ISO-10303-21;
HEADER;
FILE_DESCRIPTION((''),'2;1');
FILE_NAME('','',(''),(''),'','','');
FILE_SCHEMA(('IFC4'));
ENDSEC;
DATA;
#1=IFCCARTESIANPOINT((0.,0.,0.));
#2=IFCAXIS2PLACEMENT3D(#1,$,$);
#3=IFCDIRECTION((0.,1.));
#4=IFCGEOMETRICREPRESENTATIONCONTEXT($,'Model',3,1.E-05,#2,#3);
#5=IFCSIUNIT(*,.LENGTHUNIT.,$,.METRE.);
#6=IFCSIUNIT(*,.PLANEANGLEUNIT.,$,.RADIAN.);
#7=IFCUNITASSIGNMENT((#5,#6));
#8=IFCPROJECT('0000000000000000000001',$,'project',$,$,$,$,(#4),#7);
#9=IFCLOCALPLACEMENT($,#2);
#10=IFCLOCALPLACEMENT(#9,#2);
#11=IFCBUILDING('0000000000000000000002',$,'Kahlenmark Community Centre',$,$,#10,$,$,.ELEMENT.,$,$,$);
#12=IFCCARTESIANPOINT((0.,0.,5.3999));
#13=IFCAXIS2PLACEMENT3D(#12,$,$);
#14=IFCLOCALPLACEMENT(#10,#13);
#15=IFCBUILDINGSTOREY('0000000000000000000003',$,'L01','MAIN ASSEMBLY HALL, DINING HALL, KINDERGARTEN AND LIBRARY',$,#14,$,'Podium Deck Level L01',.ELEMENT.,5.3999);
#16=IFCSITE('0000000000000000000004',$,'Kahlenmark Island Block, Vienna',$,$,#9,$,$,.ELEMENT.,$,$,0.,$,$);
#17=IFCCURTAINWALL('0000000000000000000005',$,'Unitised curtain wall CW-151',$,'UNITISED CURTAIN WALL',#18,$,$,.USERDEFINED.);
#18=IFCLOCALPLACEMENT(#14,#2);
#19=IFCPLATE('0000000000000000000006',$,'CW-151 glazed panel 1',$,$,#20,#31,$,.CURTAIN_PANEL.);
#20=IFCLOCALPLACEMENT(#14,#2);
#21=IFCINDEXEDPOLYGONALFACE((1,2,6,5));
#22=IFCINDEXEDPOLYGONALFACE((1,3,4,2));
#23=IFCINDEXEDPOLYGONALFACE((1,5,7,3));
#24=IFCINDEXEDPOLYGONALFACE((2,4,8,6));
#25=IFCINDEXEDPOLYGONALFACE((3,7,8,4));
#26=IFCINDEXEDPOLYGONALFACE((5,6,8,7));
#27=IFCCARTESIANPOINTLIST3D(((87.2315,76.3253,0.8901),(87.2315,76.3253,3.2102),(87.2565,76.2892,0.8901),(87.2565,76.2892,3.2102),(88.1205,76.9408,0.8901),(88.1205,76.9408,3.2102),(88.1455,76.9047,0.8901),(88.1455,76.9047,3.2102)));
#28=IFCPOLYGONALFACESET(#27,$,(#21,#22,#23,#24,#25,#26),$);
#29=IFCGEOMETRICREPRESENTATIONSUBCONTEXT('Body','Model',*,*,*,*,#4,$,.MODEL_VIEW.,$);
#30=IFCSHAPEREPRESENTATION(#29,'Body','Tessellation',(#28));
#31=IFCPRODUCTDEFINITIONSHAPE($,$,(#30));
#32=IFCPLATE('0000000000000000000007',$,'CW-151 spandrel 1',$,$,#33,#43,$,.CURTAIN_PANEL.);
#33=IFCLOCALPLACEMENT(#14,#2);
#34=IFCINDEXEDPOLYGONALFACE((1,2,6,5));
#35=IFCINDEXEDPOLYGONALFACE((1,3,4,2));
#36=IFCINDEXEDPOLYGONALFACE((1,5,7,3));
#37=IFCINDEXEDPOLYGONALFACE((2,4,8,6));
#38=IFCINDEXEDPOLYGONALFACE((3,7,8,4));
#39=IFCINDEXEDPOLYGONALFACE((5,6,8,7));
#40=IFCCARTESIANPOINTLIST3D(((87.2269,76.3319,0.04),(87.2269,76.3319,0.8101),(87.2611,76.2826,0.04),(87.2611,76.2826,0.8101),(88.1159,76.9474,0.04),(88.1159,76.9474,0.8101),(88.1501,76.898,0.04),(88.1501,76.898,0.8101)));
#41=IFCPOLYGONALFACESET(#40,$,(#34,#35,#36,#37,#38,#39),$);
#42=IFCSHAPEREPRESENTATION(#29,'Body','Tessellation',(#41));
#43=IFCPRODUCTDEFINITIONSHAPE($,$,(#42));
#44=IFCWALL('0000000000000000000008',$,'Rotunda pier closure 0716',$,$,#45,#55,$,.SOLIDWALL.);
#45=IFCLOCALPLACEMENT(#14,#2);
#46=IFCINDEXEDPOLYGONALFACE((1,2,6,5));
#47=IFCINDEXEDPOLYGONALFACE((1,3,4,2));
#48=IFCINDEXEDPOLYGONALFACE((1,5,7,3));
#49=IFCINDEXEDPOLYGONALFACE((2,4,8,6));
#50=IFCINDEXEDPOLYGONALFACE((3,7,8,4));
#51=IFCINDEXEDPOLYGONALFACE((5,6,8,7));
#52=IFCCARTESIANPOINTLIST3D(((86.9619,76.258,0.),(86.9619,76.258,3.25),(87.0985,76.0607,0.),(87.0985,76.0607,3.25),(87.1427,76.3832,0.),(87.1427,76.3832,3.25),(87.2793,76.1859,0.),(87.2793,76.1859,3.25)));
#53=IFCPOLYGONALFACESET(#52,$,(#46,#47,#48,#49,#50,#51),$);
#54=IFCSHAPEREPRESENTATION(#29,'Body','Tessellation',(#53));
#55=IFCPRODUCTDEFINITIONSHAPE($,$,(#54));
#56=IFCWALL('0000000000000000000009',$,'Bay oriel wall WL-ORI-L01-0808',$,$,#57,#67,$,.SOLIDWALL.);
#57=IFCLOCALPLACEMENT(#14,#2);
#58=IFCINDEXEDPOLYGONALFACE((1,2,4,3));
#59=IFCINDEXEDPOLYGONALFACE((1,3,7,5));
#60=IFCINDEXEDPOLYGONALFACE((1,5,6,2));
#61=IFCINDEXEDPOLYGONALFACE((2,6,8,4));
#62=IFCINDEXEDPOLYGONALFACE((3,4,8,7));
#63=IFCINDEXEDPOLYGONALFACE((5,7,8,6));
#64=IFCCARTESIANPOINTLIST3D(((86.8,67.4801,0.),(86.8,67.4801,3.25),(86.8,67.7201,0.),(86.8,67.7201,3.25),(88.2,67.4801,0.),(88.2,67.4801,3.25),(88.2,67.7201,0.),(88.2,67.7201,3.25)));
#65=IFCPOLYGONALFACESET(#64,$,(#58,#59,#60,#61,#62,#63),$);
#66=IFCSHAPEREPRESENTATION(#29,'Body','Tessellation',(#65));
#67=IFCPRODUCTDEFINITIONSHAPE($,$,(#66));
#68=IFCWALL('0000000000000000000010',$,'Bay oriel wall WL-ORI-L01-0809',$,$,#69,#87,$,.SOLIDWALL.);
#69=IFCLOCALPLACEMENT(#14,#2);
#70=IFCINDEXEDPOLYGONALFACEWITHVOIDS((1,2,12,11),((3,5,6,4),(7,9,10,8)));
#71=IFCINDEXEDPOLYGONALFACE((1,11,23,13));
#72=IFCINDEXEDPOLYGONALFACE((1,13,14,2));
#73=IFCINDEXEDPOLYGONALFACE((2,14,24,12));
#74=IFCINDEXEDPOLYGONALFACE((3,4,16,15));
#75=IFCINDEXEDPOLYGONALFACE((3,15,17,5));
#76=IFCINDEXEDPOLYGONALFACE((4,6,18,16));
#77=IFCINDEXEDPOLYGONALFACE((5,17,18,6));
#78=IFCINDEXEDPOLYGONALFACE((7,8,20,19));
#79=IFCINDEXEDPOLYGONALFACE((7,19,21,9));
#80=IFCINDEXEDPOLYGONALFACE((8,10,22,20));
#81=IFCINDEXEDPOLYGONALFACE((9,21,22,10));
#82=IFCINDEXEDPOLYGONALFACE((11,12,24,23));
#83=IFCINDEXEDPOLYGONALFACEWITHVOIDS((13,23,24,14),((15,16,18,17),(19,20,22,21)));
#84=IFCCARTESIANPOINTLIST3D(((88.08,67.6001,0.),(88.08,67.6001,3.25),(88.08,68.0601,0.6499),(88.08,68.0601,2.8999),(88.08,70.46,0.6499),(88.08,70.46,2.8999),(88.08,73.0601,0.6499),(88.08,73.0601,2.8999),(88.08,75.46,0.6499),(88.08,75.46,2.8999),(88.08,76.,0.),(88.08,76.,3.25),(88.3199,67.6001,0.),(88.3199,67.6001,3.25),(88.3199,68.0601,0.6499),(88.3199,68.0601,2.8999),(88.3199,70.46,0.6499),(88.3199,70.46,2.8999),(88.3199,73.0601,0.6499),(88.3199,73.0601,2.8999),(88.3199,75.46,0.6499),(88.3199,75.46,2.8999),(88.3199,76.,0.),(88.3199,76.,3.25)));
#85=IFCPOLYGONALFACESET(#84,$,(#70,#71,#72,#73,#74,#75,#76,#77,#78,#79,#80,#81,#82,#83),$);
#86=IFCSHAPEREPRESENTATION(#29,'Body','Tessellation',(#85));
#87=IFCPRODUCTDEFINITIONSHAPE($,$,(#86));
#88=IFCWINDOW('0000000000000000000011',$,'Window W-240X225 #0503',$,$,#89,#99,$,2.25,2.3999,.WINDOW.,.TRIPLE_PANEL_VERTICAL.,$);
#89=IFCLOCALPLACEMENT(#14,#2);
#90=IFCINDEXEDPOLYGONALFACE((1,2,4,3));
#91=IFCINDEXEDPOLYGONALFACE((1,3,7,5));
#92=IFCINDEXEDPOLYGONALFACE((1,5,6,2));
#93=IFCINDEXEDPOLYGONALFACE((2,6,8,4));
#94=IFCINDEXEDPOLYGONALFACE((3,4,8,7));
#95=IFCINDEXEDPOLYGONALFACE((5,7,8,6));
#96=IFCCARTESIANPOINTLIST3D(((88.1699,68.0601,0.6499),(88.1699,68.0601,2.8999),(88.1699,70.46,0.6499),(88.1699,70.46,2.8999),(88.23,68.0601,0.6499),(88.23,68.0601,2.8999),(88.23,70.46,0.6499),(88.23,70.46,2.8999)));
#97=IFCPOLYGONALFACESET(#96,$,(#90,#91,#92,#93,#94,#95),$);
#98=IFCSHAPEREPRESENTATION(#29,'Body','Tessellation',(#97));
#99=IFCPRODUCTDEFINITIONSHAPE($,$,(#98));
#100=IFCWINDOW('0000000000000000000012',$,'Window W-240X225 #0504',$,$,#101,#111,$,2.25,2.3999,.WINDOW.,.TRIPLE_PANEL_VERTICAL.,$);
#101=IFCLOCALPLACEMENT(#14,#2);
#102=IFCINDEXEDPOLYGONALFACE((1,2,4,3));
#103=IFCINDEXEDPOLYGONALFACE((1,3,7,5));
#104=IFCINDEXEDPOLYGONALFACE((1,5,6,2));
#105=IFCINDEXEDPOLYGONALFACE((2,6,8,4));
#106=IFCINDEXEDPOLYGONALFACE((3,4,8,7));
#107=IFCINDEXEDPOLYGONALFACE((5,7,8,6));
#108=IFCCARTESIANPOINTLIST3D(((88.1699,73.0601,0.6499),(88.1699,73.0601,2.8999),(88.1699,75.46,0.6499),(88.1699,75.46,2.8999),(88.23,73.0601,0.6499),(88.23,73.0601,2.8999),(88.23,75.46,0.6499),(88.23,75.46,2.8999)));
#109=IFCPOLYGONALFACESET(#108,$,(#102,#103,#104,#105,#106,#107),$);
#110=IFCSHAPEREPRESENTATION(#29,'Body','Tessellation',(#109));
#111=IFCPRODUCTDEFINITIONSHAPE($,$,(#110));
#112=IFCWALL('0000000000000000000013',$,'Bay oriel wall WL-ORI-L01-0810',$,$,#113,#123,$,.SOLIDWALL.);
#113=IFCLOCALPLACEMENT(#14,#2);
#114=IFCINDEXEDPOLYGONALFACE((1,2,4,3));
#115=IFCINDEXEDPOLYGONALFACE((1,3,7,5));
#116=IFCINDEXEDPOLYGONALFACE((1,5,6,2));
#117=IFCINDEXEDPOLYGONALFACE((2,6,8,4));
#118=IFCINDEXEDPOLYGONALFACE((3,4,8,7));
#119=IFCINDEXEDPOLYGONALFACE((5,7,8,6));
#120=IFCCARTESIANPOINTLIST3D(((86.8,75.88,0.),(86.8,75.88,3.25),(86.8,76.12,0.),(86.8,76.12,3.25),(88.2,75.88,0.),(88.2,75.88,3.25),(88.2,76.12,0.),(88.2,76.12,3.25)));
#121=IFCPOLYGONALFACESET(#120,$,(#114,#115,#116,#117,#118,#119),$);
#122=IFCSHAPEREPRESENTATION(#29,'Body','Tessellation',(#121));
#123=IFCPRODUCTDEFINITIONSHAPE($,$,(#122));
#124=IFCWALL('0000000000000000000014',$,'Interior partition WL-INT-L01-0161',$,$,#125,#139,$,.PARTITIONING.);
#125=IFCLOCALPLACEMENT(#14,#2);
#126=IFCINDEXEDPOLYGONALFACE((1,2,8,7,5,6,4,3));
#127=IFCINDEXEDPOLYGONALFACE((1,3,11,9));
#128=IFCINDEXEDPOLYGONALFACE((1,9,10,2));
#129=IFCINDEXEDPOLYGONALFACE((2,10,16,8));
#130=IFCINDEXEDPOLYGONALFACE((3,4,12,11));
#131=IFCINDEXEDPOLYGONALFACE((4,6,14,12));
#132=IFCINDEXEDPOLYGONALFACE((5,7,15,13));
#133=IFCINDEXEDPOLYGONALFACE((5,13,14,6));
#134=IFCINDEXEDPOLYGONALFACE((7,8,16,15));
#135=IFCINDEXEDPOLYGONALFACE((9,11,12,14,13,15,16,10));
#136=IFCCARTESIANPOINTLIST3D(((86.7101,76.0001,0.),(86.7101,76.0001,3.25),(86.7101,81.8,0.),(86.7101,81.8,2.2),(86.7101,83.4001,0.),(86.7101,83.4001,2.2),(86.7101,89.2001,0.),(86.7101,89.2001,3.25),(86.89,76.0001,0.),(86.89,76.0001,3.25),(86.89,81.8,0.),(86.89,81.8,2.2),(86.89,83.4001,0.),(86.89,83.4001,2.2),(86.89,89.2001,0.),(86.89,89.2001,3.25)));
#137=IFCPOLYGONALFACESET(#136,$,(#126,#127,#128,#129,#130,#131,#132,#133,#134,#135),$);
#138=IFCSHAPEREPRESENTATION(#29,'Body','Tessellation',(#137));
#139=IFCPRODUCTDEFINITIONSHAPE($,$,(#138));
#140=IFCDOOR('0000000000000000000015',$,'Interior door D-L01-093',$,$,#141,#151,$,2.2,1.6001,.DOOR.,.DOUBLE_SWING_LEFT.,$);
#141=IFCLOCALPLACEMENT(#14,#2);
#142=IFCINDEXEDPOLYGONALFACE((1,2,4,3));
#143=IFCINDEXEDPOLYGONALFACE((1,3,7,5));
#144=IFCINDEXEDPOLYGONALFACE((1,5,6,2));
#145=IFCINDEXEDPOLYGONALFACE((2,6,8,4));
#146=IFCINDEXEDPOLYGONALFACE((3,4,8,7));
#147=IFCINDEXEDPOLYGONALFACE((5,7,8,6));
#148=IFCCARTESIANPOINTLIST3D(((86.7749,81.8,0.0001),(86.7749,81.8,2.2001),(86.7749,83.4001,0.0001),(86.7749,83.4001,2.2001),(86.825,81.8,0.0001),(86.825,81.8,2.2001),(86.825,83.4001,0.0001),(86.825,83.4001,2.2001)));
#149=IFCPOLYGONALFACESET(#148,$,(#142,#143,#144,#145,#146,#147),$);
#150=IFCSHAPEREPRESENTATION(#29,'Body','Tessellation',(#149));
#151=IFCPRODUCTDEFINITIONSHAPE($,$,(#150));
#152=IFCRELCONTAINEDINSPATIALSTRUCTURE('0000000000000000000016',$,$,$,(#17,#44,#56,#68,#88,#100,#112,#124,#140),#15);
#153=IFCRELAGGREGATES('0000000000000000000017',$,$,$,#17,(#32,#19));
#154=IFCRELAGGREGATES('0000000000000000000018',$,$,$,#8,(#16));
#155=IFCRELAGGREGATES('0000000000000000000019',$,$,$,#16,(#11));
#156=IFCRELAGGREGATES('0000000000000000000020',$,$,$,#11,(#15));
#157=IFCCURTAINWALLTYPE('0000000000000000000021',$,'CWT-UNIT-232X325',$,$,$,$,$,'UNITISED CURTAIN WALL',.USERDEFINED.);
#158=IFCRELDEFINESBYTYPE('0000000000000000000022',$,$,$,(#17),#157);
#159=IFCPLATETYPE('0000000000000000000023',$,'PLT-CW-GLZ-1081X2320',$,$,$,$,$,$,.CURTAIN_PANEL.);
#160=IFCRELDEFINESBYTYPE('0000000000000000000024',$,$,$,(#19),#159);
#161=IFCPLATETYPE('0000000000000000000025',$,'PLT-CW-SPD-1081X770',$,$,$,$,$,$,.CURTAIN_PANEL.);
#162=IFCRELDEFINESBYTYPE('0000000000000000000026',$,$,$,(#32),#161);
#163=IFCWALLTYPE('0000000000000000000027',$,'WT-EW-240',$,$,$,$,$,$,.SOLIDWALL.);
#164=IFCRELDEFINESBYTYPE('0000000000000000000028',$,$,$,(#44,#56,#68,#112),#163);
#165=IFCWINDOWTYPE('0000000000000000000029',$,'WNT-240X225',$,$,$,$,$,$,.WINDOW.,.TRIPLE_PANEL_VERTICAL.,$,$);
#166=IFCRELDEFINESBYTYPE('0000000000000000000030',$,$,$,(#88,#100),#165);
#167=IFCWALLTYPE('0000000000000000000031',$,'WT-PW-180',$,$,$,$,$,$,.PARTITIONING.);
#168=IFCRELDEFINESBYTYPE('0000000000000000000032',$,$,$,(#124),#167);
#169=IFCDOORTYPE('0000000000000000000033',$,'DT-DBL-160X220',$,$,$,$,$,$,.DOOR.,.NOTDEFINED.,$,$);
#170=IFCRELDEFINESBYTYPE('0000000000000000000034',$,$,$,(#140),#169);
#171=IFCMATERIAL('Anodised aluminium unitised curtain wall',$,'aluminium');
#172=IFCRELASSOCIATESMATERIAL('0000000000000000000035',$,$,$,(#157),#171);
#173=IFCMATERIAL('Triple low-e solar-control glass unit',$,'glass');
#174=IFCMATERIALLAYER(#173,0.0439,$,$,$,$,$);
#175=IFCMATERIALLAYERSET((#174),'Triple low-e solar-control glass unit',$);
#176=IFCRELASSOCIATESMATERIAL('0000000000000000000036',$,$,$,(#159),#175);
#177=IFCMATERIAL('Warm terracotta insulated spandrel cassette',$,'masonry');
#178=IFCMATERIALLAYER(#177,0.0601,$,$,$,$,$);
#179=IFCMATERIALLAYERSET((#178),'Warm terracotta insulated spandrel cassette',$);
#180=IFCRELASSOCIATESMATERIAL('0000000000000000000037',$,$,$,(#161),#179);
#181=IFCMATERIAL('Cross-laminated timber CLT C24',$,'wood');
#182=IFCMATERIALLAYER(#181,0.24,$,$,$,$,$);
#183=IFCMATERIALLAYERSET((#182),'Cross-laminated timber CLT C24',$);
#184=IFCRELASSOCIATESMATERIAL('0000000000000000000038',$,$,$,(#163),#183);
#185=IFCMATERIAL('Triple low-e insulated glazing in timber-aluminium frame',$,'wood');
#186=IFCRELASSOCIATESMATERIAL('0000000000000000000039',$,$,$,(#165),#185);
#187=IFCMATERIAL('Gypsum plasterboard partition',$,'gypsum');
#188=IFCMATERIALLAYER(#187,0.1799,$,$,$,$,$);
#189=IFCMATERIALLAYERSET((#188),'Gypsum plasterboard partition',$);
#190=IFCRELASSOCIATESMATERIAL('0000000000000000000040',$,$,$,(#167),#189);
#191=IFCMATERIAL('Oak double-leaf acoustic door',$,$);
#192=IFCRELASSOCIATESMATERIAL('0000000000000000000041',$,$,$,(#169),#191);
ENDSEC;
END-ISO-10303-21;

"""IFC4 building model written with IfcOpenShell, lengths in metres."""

from ifc_helpers import new_model, si_unit, direction, frame, frame_2d, origin, origin_2d, place, context, subcontext, project, spatial, rectangle, extrude, material, layer, layer_set, type_object, element, fill, aggregate, save


model = new_model("IFC4")

# Units and contexts
model_context = context("Model", 3, precision=1e-05, world=origin(), true_north=direction((0.0, 1.0)))
body_context = subcontext(model_context, "Body", "Model", "MODEL_VIEW")
ifc_project = project(units=[si_unit("LENGTHUNIT", "METRE"), si_unit("PLANEANGLEUNIT", "RADIAN")], contexts=[model_context])

# Site, building, storey
site_placement = place(None, origin())
site = spatial("IfcSite", under=ifc_project, at=site_placement, Name="Kahlenmark Island Block, Vienna", CompositionType="ELEMENT", RefElevation=0.0)
building_placement = place(site_placement, origin())
building = spatial("IfcBuilding", under=site, at=building_placement, Name="Kahlenmark Community Centre", CompositionType="ELEMENT")
storey_placement = place(building_placement, frame((0.0, 0.0, 5.3999)))
storey = spatial("IfcBuildingStorey", under=building, at=storey_placement, Name="L01", Description="MAIN ASSEMBLY HALL, DINING HALL, KINDERGARTEN AND LIBRARY", LongName="Podium Deck Level L01", CompositionType="ELEMENT", Elevation=5.3999)

# Curtain wall, plates
ifc_material_1 = material(Name="Anodised aluminium unitised curtain wall", Category="aluminium")
curtain_wall_type = type_object("IfcCurtainWallType", Name="CWT-UNIT-232X325", ElementType="UNITISED CURTAIN WALL", PredefinedType="USERDEFINED", material=ifc_material_1)
curtain_wall_placement = place(storey_placement, origin())
curtain_wall = element("IfcCurtainWall", 1, at=curtain_wall_placement, inside=storey, type_object=curtain_wall_type, Name="Unitised curtain wall CW-151", ObjectType="UNITISED CURTAIN WALL", PredefinedType="USERDEFINED")
ifc_material_2 = material(Name="Triple low-e solar-control glass unit", Category="glass")
ifc_layer_1 = layer(ifc_material_2, 0.0439)
ifc_layer_set_1 = layer_set([ifc_layer_1], Name="Triple low-e solar-control glass unit")
plate_type_1 = type_object("IfcPlateType", Name="PLT-CW-GLZ-1081X2320", PredefinedType="CURTAIN_PANEL", material=ifc_layer_set_1)
plate_1_placement = place(storey_placement, frame((87.6885, 76.615, 0.8901), z_axis=(0.0, 0.0, 1.0), x_axis=(0.822191, 0.569212, 0.0)))
plate_1 = element("IfcPlate", 2, at=plate_1_placement, type_object=plate_type_1, Name="CW-151 glazed panel 1", PredefinedType="CURTAIN_PANEL", context=body_context, shape_type="SweptSolid", body=[
    extrude(rectangle(XDim=1.0813, YDim=0.0439, at=origin_2d()), origin(), (0.0, 0.0, 1.0), 2.3201),
])
ifc_material_3 = material(Name="Warm terracotta insulated spandrel cassette", Category="masonry")
ifc_layer_2 = layer(ifc_material_3, 0.0601)
ifc_layer_set_2 = layer_set([ifc_layer_2], Name="Warm terracotta insulated spandrel cassette")
plate_type_2 = type_object("IfcPlateType", Name="PLT-CW-SPD-1081X770", PredefinedType="CURTAIN_PANEL", material=ifc_layer_set_2)
plate_2_placement = place(storey_placement, frame((87.6885, 76.615, 0.04), z_axis=(0.0, 0.0, 1.0), x_axis=(0.822191, 0.569212, 0.0)))
plate_2 = element("IfcPlate", 3, at=plate_2_placement, type_object=plate_type_2, Name="CW-151 spandrel 1", PredefinedType="CURTAIN_PANEL", context=body_context, shape_type="SweptSolid", body=[
    extrude(rectangle(XDim=1.0813, YDim=0.0601, at=origin_2d()), origin(), (0.0, 0.0, 1.0), 0.77),
])
aggregate(curtain_wall, [plate_2, plate_1])

# Walls
ifc_material_4 = material(Name="Cross-laminated timber CLT C24", Category="wood")
ifc_layer_3 = layer(ifc_material_4, 0.24)
ifc_layer_set_3 = layer_set([ifc_layer_3], Name="Cross-laminated timber CLT C24")
wall_type_1 = type_object("IfcWallType", Name="WT-EW-240", PredefinedType="SOLIDWALL", material=ifc_layer_set_3)
wall_1_placement = place(storey_placement, frame((87.0303, 76.1594, 0.0), z_axis=(0.0, 0.0, 1.0), x_axis=(0.822192, 0.56921, 0.0)))
element("IfcWall", 4, at=wall_1_placement, inside=storey, type_object=wall_type_1, Name="Rotunda pier closure 0716", PredefinedType="SOLIDWALL", context=body_context, shape_type="SweptSolid", body=[
    extrude(rectangle(XDim=0.22, YDim=0.24, at=frame_2d((0.1099, 0.0))), origin(), (0.0, 0.0, 1.0), 3.25),
])
wall_2_placement = place(storey_placement, frame((86.8, 67.6001, 0.0), z_axis=(0.0, 0.0, 1.0), x_axis=(1.0, 0.0, 0.0)))
element("IfcWall", 5, at=wall_2_placement, inside=storey, type_object=wall_type_1, Name="Bay oriel wall WL-ORI-L01-0808", PredefinedType="SOLIDWALL", context=body_context, shape_type="SweptSolid", body=[
    extrude(rectangle(XDim=1.3999, YDim=0.24, at=frame_2d((0.7, 0.0))), origin(), (0.0, 0.0, 1.0), 3.25),
])

# Wall, openings, windows
wall_3_placement = place(storey_placement, frame((88.2, 67.6001, 0.0), z_axis=(0.0, 0.0, 1.0), x_axis=(0.0, 1.0, 0.0)))
wall_3 = element("IfcWall", 6, at=wall_3_placement, inside=storey, type_object=wall_type_1, Name="Bay oriel wall WL-ORI-L01-0809", PredefinedType="SOLIDWALL", context=body_context, shape_type="SweptSolid", body=[
    extrude(rectangle(XDim=8.3999, YDim=0.24, at=frame_2d((4.2, 0.0))), origin(), (0.0, 0.0, 1.0), 3.25),
])
opening_1_placement = place(wall_3_placement, frame((0.46, 0.0, 0.6499)))
opening_1 = element("IfcOpeningElement", 7, at=opening_1_placement, cuts=wall_3, PredefinedType="OPENING", context=body_context, shape_type="SweptSolid", body=[
    extrude(rectangle(XDim=2.3999, YDim=2.25, at=frame_2d((1.2, 1.125))), frame((0.0, 0.1299, 0.0), z_axis=(0.0, -1.0, 0.0), x_axis=(1.0, 0.0, 0.0)), (0.0, 0.0, 1.0), 0.26),
])
opening_2_placement = place(wall_3_placement, frame((5.46, 0.0, 0.6499)))
opening_2 = element("IfcOpeningElement", 8, at=opening_2_placement, cuts=wall_3, PredefinedType="OPENING", context=body_context, shape_type="SweptSolid", body=[
    extrude(rectangle(XDim=2.3999, YDim=2.25, at=frame_2d((1.2, 1.125))), frame((0.0, 0.1299, 0.0), z_axis=(0.0, -1.0, 0.0), x_axis=(1.0, 0.0, 0.0)), (0.0, 0.0, 1.0), 0.26),
])
ifc_material_5 = material(Name="Triple low-e insulated glazing in timber-aluminium frame", Category="wood")
window_type = type_object("IfcWindowType", Name="WNT-240X225", PartitioningType="TRIPLE_PANEL_VERTICAL", PredefinedType="WINDOW", material=ifc_material_5)
window_1_placement = place(opening_1_placement, origin())
window_1 = element("IfcWindow", 9, at=window_1_placement, inside=storey, type_object=window_type, Name="Window W-240X225 #0503", OverallHeight=2.25, OverallWidth=2.3999, PartitioningType="TRIPLE_PANEL_VERTICAL", PredefinedType="WINDOW", context=body_context, shape_type="SweptSolid", body=[
    extrude(rectangle(XDim=2.3999, YDim=2.25, at=frame_2d((1.2, 1.125))), frame((0.0, 0.03, 0.0), z_axis=(0.0, -1.0, 0.0), x_axis=(1.0, 0.0, 0.0)), (0.0, 0.0, 1.0), 0.0601),
])
fill(opening_1, window_1)
window_2_placement = place(opening_2_placement, origin())
window_2 = element("IfcWindow", 10, at=window_2_placement, inside=storey, type_object=window_type, Name="Window W-240X225 #0504", OverallHeight=2.25, OverallWidth=2.3999, PartitioningType="TRIPLE_PANEL_VERTICAL", PredefinedType="WINDOW", context=body_context, shape_type="SweptSolid", body=[
    extrude(rectangle(XDim=2.3999, YDim=2.25, at=frame_2d((1.2, 1.125))), frame((0.0, 0.03, 0.0), z_axis=(0.0, -1.0, 0.0), x_axis=(1.0, 0.0, 0.0)), (0.0, 0.0, 1.0), 0.0601),
])
fill(opening_2, window_2)

# Wall
wall_4_placement = place(storey_placement, frame((88.2, 76.0, 0.0), z_axis=(0.0, 0.0, 1.0), x_axis=(-1.0, 0.0, 0.0)))
element("IfcWall", 11, at=wall_4_placement, inside=storey, type_object=wall_type_1, Name="Bay oriel wall WL-ORI-L01-0810", PredefinedType="SOLIDWALL", context=body_context, shape_type="SweptSolid", body=[
    extrude(rectangle(XDim=1.3999, YDim=0.24, at=frame_2d((0.7, 0.0))), origin(), (0.0, 0.0, 1.0), 3.25),
])

# Wall, opening, door
ifc_material_6 = material(Name="Gypsum plasterboard partition", Category="gypsum")
ifc_layer_4 = layer(ifc_material_6, 0.1799)
ifc_layer_set_4 = layer_set([ifc_layer_4], Name="Gypsum plasterboard partition")
wall_type_2 = type_object("IfcWallType", Name="WT-PW-180", PredefinedType="PARTITIONING", material=ifc_layer_set_4)
wall_5_placement = place(storey_placement, frame((86.8, 76.0, 0.0), z_axis=(0.0, 0.0, 1.0), x_axis=(0.0, 1.0, 0.0)))
wall_5 = element("IfcWall", 12, at=wall_5_placement, inside=storey, type_object=wall_type_2, Name="Interior partition WL-INT-L01-0161", PredefinedType="PARTITIONING", context=body_context, shape_type="SweptSolid", body=[
    extrude(rectangle(XDim=13.2, YDim=0.1799, at=frame_2d((6.6001, 0.0))), origin(), (0.0, 0.0, 1.0), 3.25),
])
opening_3_placement = place(wall_5_placement, frame((5.8, 0.0, -0.01)))
opening_3 = element("IfcOpeningElement", 13, at=opening_3_placement, cuts=wall_5, PredefinedType="OPENING", context=body_context, shape_type="SweptSolid", body=[
    extrude(rectangle(XDim=1.6001, YDim=2.21, at=frame_2d((0.8, 1.105))), frame((0.0, 0.0999, 0.0), z_axis=(0.0, -1.0, 0.0), x_axis=(1.0, 0.0, 0.0)), (0.0, 0.0, 1.0), 0.2),
])
ifc_material_7 = material(Name="Oak double-leaf acoustic door")
door_type_1 = type_object("IfcDoorType", Name="DT-DBL-160X220", OperationType="NOTDEFINED", PredefinedType="DOOR", material=ifc_material_7)
door_1_placement = place(opening_3_placement, frame((1.6001, 0.0, 0.01), z_axis=(0.0, 0.0, 1.0), x_axis=(-1.0, 0.0, 0.0)))
door_1 = element("IfcDoor", 14, at=door_1_placement, inside=storey, type_object=door_type_1, Name="Interior door D-L01-093", OperationType="DOUBLE_SWING_LEFT", OverallHeight=2.2, OverallWidth=1.6001, PredefinedType="DOOR", context=body_context, shape_type="SweptSolid", body=[
    extrude(rectangle(XDim=1.6001, YDim=2.2, at=frame_2d((0.8, 1.1001))), frame((0.0, 0.0249, 0.0), z_axis=(0.0, -1.0, 0.0), x_axis=(1.0, 0.0, 0.0)), (0.0, 0.0, 1.0), 0.05),
])
fill(opening_3, door_1)

save(model, "model.ifc")
